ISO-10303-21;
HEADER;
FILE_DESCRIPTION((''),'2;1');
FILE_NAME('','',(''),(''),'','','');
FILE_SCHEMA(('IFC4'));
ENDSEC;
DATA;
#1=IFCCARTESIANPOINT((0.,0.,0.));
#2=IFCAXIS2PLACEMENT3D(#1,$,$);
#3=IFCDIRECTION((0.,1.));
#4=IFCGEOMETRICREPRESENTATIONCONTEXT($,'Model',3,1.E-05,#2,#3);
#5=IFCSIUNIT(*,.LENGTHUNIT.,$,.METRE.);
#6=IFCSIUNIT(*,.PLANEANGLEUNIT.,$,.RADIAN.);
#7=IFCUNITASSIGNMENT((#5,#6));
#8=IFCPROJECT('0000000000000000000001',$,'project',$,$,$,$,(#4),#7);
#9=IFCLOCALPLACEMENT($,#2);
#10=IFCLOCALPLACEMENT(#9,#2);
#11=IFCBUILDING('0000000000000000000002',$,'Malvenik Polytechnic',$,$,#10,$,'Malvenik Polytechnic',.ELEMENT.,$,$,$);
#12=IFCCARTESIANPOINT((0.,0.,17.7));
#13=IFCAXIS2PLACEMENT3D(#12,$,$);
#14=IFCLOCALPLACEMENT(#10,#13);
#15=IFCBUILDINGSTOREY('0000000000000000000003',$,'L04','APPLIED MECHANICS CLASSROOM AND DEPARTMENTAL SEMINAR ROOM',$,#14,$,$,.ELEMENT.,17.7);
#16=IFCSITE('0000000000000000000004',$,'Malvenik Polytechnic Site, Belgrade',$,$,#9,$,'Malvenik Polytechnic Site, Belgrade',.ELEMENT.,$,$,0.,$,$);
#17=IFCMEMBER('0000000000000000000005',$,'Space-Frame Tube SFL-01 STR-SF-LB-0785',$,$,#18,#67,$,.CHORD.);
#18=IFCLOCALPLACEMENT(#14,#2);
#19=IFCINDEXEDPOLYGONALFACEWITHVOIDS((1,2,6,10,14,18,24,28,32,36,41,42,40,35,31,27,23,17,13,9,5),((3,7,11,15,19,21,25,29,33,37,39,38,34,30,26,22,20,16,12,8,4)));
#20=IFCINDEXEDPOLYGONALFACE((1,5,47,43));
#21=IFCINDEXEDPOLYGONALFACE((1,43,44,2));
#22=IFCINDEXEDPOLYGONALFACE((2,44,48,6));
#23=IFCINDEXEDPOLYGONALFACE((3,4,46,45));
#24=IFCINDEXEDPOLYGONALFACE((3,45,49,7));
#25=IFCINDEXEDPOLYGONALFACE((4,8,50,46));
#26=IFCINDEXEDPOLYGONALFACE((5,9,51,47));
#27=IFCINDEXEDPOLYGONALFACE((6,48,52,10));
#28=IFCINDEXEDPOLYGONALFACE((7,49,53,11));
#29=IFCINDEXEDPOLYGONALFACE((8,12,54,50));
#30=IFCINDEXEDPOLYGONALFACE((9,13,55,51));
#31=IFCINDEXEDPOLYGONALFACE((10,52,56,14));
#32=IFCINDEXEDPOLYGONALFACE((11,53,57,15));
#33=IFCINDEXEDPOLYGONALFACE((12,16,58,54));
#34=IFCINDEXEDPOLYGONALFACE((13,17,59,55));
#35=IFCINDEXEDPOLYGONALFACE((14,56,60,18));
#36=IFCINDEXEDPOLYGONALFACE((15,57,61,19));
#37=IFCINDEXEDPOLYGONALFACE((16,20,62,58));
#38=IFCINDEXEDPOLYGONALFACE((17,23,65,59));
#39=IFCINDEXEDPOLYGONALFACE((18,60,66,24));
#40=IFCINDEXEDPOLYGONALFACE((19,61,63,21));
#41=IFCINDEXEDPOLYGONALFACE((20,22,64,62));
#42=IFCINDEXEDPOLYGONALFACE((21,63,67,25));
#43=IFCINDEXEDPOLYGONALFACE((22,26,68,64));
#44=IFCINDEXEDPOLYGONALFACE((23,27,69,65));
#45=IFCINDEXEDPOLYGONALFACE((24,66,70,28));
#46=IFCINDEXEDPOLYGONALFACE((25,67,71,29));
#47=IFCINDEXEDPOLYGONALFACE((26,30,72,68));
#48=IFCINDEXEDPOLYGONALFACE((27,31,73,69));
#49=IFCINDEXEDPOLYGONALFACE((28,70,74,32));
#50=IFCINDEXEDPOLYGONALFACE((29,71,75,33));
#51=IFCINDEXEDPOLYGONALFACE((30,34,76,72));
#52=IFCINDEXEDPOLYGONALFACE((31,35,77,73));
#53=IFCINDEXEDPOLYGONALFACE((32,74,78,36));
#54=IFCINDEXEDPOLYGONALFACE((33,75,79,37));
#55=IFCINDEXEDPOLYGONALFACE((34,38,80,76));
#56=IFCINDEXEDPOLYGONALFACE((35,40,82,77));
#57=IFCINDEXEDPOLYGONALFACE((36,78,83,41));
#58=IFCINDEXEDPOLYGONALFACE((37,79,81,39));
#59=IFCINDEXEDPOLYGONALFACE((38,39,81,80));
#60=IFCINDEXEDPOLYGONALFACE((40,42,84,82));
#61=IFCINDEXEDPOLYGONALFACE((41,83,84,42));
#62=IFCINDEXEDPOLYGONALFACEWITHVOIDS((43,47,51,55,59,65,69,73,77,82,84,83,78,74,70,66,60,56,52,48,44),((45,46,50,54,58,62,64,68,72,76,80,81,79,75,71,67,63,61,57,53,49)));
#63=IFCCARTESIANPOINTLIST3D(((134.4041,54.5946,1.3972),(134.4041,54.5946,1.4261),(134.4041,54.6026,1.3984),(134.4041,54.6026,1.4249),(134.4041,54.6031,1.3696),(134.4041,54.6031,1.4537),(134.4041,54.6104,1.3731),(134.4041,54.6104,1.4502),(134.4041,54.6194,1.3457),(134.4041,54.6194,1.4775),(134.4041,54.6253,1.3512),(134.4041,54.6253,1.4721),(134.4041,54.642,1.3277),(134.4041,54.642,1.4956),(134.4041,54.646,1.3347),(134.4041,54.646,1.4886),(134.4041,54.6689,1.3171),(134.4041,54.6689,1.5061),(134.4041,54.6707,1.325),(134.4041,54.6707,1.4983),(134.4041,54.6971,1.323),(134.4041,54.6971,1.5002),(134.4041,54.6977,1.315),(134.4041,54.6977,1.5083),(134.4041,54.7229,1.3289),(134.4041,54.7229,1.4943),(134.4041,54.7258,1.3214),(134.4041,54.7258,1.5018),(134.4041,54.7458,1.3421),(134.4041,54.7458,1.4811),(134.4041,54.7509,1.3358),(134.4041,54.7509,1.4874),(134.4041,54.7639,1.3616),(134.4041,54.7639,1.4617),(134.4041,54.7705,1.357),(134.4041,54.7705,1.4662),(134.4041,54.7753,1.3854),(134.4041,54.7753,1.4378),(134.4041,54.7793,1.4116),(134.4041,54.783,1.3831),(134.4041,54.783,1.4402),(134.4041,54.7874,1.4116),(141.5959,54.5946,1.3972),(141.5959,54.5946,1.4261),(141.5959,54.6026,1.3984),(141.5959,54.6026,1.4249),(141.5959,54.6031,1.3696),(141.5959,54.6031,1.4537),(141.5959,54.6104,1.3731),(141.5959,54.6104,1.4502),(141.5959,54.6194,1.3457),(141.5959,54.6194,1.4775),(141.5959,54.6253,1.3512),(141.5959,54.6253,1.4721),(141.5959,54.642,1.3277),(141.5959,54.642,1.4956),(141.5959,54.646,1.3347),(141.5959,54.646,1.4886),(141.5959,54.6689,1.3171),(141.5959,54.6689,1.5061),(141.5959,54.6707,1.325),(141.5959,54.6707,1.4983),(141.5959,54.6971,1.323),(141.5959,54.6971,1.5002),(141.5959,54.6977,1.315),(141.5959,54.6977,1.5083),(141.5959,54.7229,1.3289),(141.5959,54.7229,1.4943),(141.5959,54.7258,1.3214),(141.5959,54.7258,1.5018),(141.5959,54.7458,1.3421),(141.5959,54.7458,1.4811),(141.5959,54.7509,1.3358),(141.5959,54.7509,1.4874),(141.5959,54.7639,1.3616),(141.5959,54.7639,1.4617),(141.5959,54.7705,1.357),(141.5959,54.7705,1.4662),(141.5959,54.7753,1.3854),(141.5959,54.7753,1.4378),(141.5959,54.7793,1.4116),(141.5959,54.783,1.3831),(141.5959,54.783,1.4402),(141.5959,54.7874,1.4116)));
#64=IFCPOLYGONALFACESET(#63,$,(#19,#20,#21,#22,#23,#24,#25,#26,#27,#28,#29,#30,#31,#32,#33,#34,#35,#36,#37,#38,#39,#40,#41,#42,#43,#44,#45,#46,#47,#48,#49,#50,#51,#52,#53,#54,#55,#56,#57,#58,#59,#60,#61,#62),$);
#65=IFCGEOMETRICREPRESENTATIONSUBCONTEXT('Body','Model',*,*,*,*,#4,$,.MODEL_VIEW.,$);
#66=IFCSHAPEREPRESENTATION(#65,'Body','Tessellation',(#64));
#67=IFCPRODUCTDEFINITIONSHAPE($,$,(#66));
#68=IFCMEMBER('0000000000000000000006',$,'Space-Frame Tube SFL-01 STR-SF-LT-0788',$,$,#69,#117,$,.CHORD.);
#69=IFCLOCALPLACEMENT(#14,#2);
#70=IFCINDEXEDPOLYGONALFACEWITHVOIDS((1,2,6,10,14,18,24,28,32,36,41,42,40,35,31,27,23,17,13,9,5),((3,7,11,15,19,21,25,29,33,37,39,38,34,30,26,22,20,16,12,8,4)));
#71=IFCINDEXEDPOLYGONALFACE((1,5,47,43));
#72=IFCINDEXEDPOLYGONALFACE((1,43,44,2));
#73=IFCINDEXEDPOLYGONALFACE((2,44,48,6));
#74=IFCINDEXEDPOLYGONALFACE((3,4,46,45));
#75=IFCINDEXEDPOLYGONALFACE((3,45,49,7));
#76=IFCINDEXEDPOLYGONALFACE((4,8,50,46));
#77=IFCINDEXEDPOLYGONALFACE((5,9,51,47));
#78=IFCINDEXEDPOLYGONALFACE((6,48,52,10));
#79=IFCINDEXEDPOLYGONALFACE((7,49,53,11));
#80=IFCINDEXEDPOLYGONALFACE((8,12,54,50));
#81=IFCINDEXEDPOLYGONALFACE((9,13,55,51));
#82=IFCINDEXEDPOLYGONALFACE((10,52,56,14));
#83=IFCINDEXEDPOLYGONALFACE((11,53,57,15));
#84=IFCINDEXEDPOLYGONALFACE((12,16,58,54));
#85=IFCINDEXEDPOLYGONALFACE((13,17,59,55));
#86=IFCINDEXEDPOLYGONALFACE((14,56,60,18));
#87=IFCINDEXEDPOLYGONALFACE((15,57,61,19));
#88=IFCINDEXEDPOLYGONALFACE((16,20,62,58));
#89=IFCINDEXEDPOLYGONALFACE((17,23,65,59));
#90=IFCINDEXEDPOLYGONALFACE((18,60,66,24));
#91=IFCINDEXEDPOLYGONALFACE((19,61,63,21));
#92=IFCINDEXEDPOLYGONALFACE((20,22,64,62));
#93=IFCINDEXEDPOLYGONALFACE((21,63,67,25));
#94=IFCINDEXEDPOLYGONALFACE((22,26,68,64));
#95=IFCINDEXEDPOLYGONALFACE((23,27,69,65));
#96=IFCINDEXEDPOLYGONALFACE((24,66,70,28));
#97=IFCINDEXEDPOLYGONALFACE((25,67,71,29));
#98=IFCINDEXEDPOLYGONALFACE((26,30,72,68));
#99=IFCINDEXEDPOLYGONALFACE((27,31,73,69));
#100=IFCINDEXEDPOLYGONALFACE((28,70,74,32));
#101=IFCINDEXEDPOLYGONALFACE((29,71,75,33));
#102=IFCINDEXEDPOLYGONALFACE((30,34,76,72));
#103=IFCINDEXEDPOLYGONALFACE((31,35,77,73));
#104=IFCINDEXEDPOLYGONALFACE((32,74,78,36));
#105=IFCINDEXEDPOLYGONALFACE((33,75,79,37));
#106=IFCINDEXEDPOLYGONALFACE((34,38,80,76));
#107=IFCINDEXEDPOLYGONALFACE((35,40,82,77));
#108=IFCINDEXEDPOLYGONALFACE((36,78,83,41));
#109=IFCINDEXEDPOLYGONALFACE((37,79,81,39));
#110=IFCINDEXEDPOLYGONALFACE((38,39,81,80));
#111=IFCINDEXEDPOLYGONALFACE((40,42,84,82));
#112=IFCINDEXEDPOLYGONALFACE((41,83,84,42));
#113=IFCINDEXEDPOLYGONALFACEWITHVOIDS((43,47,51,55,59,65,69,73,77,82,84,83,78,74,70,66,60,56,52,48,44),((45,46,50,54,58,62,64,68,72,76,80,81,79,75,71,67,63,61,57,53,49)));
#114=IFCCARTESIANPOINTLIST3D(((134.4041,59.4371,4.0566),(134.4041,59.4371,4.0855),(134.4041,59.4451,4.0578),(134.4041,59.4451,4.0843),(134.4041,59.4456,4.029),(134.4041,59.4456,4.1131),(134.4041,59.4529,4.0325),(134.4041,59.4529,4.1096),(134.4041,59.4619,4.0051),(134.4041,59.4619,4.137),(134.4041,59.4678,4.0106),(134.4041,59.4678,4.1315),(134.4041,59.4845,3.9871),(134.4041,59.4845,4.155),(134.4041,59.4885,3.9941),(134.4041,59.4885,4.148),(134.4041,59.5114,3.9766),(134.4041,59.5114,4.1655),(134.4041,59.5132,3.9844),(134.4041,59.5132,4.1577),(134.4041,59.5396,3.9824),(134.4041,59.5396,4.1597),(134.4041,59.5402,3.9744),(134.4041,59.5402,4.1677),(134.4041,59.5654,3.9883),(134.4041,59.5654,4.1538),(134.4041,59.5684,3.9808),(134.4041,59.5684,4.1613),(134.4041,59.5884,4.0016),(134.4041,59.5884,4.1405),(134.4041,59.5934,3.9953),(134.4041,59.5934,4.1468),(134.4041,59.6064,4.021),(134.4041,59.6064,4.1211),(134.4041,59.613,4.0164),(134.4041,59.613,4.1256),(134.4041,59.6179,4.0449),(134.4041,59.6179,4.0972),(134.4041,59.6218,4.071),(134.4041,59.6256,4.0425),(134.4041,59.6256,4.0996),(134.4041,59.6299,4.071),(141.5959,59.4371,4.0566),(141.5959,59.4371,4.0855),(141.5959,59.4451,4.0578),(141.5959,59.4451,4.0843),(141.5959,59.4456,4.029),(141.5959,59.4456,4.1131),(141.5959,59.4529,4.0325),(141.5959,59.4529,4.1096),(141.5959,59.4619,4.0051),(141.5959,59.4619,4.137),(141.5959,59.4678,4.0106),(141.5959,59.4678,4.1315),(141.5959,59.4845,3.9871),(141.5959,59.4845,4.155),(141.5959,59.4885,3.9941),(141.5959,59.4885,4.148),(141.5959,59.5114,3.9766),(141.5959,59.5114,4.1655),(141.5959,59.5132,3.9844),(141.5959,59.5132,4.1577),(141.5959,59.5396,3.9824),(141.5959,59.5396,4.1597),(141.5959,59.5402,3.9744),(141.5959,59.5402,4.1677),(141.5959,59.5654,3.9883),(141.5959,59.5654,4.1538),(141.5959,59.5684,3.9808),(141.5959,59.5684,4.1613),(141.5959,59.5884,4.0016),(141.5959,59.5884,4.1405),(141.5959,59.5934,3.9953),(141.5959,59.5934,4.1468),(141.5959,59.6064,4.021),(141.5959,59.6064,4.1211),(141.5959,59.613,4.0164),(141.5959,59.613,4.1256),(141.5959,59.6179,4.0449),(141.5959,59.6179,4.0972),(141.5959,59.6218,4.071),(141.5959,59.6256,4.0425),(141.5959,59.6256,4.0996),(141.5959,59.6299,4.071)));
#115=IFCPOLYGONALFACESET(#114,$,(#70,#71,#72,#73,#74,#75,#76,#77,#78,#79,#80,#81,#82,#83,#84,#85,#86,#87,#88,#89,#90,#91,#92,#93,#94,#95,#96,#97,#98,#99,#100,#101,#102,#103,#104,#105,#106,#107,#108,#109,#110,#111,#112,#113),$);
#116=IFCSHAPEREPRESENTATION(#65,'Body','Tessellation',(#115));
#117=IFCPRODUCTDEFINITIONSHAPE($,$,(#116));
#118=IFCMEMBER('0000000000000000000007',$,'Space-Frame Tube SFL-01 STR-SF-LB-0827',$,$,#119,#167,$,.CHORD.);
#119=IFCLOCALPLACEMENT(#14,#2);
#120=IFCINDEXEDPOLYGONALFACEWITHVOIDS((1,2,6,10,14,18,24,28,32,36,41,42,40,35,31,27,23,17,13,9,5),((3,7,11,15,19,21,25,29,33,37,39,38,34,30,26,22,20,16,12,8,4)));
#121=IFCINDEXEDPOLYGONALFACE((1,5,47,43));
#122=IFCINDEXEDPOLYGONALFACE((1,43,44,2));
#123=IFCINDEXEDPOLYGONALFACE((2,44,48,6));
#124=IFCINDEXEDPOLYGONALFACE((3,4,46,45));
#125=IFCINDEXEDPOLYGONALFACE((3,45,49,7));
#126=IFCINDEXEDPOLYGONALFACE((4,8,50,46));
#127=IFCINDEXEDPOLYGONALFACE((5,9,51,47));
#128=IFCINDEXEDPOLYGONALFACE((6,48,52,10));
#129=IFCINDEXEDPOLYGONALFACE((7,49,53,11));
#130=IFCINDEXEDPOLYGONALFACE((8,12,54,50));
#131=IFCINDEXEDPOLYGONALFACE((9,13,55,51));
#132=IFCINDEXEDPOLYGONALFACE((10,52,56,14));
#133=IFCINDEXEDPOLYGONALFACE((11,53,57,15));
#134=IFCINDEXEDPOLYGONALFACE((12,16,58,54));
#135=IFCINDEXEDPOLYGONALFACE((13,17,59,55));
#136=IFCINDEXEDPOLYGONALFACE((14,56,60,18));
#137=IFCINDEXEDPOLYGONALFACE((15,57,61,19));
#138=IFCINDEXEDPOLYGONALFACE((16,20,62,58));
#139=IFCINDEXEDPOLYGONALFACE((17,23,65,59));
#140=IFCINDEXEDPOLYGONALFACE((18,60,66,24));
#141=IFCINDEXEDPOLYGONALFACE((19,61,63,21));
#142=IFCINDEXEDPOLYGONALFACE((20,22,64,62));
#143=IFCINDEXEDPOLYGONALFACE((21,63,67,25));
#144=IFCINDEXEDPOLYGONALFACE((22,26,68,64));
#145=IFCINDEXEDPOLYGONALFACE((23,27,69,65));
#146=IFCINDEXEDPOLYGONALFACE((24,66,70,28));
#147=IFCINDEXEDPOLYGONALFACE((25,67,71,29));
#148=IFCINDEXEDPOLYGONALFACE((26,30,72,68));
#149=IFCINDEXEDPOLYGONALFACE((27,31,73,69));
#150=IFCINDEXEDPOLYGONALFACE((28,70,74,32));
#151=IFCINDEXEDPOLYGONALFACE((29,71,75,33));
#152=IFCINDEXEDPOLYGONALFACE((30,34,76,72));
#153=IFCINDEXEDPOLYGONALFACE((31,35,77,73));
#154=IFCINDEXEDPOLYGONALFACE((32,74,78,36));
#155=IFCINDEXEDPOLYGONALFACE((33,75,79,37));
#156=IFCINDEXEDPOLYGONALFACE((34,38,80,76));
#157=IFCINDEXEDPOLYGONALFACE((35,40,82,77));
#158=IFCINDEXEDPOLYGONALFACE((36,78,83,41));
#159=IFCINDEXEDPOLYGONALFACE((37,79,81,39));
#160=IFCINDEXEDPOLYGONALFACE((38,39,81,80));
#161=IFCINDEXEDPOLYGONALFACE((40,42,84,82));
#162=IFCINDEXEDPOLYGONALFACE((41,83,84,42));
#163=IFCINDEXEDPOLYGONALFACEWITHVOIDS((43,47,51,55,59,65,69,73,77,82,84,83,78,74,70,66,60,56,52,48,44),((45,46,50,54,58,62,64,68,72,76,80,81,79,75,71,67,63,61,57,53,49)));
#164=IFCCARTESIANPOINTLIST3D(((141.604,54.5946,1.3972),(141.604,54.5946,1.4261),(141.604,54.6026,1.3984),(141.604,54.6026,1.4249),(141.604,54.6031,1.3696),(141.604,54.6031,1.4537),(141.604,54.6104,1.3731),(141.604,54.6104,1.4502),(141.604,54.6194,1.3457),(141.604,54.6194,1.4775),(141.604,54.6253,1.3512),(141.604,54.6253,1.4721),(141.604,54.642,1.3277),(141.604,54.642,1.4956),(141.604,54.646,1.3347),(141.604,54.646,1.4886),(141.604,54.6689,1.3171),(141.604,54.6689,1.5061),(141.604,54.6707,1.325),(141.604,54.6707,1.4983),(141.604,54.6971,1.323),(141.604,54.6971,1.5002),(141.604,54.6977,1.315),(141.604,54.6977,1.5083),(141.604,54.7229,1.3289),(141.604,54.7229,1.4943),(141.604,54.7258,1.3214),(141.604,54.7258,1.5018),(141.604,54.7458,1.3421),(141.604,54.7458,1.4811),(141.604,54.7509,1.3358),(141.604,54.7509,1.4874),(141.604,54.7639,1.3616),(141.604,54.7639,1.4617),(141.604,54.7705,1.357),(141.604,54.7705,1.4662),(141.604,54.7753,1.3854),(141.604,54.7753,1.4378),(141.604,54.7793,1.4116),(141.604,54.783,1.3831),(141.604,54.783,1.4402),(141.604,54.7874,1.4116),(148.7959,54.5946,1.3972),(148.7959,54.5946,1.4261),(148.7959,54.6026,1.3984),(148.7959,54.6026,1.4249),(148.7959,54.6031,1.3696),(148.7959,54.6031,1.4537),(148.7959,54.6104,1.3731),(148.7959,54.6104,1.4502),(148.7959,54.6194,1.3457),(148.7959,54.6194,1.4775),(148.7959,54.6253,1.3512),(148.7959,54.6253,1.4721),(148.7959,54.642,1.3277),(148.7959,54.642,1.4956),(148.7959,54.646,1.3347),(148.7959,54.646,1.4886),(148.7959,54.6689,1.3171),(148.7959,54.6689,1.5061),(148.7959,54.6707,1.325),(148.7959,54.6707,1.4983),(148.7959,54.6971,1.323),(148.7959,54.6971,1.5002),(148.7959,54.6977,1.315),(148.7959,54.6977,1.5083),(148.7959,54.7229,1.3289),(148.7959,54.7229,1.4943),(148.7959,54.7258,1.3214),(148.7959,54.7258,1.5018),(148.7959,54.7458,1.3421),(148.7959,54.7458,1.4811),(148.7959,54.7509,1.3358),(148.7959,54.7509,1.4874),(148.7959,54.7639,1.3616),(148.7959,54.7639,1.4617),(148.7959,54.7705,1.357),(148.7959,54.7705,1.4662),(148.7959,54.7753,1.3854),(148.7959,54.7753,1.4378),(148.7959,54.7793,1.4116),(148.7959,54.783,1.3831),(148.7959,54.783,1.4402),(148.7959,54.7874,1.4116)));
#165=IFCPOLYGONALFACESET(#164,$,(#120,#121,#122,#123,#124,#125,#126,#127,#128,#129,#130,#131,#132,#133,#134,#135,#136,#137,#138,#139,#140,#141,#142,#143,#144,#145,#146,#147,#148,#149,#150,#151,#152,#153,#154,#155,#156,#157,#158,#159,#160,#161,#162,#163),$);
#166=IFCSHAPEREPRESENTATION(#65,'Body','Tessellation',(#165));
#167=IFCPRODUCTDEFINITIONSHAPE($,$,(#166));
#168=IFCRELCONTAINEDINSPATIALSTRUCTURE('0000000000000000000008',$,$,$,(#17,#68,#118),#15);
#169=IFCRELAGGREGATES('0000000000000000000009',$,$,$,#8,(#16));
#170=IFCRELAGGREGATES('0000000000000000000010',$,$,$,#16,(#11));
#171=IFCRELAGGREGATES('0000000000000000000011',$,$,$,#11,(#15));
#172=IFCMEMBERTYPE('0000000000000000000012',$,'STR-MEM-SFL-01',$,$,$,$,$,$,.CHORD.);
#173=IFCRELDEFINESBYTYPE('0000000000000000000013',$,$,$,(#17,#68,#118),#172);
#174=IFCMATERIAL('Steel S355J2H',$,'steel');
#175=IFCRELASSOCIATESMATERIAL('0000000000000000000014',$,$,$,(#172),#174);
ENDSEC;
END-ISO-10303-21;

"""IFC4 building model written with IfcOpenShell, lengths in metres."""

from ifc_helpers import new_model, si_unit, direction, frame, origin, origin_2d, place, context, subcontext, project, spatial, hollow_circle, extrude, material, material_profile, profile_set, type_object, element, save


model = new_model("IFC4")

# Units and contexts
model_context = context("Model", 3, precision=1e-05, world=origin(), true_north=direction((0.0, 1.0)))
body_context = subcontext(model_context, "Body", "Model", "MODEL_VIEW")
ifc_project = project(units=[si_unit("LENGTHUNIT", "METRE"), si_unit("PLANEANGLEUNIT", "RADIAN")], contexts=[model_context])

# Site, building, storey
site_placement = place(None, origin())
site = spatial("IfcSite", under=ifc_project, at=site_placement, Name="Malvenik Polytechnic Site, Belgrade", LongName="Malvenik Polytechnic Site, Belgrade", CompositionType="ELEMENT", RefElevation=0.0)
building_placement = place(site_placement, origin())
building = spatial("IfcBuilding", under=site, at=building_placement, Name="Malvenik Polytechnic", LongName="Malvenik Polytechnic", CompositionType="ELEMENT")
storey_placement = place(building_placement, frame((0.0, 0.0, 17.7)))
storey = spatial("IfcBuildingStorey", under=building, at=storey_placement, Name="L04", Description="APPLIED MECHANICS CLASSROOM AND DEPARTMENTAL SEMINAR ROOM", CompositionType="ELEMENT", Elevation=17.7)

# Members
ifc_material_1 = material(Name="Steel S355J2H", Category="steel")
ifc_material_profile_1 = material_profile(ifc_material_1, hollow_circle(Radius=0.0969, WallThickness=0.0081, at=origin_2d()), Name="CHS 193.7x8.0")
ifc_profile_set_1 = profile_set([ifc_material_profile_1], Name="Steel S355J2H")
member_type_1 = type_object("IfcMemberType", Name="STR-MEM-SFL-01", PredefinedType="CHORD", material=ifc_profile_set_1)
for number, where, z_axis, x_axis, name in (
    (1, (134.4041, 54.6904, 1.4116), (1.0, 0.0, 0.0), (0.0, 1.0, 0.0), "Space-Frame Tube SFL-01 STR-SF-LB-0785"),
    (2, (134.4041, 59.533, 4.071), (1.0, 0.0, 0.0), (0.0, 1.0, 0.0), "Space-Frame Tube SFL-01 STR-SF-LT-0788"),
    (3, (141.604, 54.6904, 1.4116), (1.0, 0.0, 0.0), (0.0, 1.0, 0.0), "Space-Frame Tube SFL-01 STR-SF-LB-0827"),
):
    element("IfcMember", number, at=place(storey_placement, frame(where, z_axis=z_axis, x_axis=x_axis)), inside=storey, type_object=member_type_1, Name=name, PredefinedType="CHORD", context=body_context, shape_type="SweptSolid", body=[
        extrude(hollow_circle(Radius=0.0969, WallThickness=0.0081, at=origin_2d()), origin(), (0.0, 0.0, 1.0), 7.1919),
    ])

save(model, "model.ifc")
